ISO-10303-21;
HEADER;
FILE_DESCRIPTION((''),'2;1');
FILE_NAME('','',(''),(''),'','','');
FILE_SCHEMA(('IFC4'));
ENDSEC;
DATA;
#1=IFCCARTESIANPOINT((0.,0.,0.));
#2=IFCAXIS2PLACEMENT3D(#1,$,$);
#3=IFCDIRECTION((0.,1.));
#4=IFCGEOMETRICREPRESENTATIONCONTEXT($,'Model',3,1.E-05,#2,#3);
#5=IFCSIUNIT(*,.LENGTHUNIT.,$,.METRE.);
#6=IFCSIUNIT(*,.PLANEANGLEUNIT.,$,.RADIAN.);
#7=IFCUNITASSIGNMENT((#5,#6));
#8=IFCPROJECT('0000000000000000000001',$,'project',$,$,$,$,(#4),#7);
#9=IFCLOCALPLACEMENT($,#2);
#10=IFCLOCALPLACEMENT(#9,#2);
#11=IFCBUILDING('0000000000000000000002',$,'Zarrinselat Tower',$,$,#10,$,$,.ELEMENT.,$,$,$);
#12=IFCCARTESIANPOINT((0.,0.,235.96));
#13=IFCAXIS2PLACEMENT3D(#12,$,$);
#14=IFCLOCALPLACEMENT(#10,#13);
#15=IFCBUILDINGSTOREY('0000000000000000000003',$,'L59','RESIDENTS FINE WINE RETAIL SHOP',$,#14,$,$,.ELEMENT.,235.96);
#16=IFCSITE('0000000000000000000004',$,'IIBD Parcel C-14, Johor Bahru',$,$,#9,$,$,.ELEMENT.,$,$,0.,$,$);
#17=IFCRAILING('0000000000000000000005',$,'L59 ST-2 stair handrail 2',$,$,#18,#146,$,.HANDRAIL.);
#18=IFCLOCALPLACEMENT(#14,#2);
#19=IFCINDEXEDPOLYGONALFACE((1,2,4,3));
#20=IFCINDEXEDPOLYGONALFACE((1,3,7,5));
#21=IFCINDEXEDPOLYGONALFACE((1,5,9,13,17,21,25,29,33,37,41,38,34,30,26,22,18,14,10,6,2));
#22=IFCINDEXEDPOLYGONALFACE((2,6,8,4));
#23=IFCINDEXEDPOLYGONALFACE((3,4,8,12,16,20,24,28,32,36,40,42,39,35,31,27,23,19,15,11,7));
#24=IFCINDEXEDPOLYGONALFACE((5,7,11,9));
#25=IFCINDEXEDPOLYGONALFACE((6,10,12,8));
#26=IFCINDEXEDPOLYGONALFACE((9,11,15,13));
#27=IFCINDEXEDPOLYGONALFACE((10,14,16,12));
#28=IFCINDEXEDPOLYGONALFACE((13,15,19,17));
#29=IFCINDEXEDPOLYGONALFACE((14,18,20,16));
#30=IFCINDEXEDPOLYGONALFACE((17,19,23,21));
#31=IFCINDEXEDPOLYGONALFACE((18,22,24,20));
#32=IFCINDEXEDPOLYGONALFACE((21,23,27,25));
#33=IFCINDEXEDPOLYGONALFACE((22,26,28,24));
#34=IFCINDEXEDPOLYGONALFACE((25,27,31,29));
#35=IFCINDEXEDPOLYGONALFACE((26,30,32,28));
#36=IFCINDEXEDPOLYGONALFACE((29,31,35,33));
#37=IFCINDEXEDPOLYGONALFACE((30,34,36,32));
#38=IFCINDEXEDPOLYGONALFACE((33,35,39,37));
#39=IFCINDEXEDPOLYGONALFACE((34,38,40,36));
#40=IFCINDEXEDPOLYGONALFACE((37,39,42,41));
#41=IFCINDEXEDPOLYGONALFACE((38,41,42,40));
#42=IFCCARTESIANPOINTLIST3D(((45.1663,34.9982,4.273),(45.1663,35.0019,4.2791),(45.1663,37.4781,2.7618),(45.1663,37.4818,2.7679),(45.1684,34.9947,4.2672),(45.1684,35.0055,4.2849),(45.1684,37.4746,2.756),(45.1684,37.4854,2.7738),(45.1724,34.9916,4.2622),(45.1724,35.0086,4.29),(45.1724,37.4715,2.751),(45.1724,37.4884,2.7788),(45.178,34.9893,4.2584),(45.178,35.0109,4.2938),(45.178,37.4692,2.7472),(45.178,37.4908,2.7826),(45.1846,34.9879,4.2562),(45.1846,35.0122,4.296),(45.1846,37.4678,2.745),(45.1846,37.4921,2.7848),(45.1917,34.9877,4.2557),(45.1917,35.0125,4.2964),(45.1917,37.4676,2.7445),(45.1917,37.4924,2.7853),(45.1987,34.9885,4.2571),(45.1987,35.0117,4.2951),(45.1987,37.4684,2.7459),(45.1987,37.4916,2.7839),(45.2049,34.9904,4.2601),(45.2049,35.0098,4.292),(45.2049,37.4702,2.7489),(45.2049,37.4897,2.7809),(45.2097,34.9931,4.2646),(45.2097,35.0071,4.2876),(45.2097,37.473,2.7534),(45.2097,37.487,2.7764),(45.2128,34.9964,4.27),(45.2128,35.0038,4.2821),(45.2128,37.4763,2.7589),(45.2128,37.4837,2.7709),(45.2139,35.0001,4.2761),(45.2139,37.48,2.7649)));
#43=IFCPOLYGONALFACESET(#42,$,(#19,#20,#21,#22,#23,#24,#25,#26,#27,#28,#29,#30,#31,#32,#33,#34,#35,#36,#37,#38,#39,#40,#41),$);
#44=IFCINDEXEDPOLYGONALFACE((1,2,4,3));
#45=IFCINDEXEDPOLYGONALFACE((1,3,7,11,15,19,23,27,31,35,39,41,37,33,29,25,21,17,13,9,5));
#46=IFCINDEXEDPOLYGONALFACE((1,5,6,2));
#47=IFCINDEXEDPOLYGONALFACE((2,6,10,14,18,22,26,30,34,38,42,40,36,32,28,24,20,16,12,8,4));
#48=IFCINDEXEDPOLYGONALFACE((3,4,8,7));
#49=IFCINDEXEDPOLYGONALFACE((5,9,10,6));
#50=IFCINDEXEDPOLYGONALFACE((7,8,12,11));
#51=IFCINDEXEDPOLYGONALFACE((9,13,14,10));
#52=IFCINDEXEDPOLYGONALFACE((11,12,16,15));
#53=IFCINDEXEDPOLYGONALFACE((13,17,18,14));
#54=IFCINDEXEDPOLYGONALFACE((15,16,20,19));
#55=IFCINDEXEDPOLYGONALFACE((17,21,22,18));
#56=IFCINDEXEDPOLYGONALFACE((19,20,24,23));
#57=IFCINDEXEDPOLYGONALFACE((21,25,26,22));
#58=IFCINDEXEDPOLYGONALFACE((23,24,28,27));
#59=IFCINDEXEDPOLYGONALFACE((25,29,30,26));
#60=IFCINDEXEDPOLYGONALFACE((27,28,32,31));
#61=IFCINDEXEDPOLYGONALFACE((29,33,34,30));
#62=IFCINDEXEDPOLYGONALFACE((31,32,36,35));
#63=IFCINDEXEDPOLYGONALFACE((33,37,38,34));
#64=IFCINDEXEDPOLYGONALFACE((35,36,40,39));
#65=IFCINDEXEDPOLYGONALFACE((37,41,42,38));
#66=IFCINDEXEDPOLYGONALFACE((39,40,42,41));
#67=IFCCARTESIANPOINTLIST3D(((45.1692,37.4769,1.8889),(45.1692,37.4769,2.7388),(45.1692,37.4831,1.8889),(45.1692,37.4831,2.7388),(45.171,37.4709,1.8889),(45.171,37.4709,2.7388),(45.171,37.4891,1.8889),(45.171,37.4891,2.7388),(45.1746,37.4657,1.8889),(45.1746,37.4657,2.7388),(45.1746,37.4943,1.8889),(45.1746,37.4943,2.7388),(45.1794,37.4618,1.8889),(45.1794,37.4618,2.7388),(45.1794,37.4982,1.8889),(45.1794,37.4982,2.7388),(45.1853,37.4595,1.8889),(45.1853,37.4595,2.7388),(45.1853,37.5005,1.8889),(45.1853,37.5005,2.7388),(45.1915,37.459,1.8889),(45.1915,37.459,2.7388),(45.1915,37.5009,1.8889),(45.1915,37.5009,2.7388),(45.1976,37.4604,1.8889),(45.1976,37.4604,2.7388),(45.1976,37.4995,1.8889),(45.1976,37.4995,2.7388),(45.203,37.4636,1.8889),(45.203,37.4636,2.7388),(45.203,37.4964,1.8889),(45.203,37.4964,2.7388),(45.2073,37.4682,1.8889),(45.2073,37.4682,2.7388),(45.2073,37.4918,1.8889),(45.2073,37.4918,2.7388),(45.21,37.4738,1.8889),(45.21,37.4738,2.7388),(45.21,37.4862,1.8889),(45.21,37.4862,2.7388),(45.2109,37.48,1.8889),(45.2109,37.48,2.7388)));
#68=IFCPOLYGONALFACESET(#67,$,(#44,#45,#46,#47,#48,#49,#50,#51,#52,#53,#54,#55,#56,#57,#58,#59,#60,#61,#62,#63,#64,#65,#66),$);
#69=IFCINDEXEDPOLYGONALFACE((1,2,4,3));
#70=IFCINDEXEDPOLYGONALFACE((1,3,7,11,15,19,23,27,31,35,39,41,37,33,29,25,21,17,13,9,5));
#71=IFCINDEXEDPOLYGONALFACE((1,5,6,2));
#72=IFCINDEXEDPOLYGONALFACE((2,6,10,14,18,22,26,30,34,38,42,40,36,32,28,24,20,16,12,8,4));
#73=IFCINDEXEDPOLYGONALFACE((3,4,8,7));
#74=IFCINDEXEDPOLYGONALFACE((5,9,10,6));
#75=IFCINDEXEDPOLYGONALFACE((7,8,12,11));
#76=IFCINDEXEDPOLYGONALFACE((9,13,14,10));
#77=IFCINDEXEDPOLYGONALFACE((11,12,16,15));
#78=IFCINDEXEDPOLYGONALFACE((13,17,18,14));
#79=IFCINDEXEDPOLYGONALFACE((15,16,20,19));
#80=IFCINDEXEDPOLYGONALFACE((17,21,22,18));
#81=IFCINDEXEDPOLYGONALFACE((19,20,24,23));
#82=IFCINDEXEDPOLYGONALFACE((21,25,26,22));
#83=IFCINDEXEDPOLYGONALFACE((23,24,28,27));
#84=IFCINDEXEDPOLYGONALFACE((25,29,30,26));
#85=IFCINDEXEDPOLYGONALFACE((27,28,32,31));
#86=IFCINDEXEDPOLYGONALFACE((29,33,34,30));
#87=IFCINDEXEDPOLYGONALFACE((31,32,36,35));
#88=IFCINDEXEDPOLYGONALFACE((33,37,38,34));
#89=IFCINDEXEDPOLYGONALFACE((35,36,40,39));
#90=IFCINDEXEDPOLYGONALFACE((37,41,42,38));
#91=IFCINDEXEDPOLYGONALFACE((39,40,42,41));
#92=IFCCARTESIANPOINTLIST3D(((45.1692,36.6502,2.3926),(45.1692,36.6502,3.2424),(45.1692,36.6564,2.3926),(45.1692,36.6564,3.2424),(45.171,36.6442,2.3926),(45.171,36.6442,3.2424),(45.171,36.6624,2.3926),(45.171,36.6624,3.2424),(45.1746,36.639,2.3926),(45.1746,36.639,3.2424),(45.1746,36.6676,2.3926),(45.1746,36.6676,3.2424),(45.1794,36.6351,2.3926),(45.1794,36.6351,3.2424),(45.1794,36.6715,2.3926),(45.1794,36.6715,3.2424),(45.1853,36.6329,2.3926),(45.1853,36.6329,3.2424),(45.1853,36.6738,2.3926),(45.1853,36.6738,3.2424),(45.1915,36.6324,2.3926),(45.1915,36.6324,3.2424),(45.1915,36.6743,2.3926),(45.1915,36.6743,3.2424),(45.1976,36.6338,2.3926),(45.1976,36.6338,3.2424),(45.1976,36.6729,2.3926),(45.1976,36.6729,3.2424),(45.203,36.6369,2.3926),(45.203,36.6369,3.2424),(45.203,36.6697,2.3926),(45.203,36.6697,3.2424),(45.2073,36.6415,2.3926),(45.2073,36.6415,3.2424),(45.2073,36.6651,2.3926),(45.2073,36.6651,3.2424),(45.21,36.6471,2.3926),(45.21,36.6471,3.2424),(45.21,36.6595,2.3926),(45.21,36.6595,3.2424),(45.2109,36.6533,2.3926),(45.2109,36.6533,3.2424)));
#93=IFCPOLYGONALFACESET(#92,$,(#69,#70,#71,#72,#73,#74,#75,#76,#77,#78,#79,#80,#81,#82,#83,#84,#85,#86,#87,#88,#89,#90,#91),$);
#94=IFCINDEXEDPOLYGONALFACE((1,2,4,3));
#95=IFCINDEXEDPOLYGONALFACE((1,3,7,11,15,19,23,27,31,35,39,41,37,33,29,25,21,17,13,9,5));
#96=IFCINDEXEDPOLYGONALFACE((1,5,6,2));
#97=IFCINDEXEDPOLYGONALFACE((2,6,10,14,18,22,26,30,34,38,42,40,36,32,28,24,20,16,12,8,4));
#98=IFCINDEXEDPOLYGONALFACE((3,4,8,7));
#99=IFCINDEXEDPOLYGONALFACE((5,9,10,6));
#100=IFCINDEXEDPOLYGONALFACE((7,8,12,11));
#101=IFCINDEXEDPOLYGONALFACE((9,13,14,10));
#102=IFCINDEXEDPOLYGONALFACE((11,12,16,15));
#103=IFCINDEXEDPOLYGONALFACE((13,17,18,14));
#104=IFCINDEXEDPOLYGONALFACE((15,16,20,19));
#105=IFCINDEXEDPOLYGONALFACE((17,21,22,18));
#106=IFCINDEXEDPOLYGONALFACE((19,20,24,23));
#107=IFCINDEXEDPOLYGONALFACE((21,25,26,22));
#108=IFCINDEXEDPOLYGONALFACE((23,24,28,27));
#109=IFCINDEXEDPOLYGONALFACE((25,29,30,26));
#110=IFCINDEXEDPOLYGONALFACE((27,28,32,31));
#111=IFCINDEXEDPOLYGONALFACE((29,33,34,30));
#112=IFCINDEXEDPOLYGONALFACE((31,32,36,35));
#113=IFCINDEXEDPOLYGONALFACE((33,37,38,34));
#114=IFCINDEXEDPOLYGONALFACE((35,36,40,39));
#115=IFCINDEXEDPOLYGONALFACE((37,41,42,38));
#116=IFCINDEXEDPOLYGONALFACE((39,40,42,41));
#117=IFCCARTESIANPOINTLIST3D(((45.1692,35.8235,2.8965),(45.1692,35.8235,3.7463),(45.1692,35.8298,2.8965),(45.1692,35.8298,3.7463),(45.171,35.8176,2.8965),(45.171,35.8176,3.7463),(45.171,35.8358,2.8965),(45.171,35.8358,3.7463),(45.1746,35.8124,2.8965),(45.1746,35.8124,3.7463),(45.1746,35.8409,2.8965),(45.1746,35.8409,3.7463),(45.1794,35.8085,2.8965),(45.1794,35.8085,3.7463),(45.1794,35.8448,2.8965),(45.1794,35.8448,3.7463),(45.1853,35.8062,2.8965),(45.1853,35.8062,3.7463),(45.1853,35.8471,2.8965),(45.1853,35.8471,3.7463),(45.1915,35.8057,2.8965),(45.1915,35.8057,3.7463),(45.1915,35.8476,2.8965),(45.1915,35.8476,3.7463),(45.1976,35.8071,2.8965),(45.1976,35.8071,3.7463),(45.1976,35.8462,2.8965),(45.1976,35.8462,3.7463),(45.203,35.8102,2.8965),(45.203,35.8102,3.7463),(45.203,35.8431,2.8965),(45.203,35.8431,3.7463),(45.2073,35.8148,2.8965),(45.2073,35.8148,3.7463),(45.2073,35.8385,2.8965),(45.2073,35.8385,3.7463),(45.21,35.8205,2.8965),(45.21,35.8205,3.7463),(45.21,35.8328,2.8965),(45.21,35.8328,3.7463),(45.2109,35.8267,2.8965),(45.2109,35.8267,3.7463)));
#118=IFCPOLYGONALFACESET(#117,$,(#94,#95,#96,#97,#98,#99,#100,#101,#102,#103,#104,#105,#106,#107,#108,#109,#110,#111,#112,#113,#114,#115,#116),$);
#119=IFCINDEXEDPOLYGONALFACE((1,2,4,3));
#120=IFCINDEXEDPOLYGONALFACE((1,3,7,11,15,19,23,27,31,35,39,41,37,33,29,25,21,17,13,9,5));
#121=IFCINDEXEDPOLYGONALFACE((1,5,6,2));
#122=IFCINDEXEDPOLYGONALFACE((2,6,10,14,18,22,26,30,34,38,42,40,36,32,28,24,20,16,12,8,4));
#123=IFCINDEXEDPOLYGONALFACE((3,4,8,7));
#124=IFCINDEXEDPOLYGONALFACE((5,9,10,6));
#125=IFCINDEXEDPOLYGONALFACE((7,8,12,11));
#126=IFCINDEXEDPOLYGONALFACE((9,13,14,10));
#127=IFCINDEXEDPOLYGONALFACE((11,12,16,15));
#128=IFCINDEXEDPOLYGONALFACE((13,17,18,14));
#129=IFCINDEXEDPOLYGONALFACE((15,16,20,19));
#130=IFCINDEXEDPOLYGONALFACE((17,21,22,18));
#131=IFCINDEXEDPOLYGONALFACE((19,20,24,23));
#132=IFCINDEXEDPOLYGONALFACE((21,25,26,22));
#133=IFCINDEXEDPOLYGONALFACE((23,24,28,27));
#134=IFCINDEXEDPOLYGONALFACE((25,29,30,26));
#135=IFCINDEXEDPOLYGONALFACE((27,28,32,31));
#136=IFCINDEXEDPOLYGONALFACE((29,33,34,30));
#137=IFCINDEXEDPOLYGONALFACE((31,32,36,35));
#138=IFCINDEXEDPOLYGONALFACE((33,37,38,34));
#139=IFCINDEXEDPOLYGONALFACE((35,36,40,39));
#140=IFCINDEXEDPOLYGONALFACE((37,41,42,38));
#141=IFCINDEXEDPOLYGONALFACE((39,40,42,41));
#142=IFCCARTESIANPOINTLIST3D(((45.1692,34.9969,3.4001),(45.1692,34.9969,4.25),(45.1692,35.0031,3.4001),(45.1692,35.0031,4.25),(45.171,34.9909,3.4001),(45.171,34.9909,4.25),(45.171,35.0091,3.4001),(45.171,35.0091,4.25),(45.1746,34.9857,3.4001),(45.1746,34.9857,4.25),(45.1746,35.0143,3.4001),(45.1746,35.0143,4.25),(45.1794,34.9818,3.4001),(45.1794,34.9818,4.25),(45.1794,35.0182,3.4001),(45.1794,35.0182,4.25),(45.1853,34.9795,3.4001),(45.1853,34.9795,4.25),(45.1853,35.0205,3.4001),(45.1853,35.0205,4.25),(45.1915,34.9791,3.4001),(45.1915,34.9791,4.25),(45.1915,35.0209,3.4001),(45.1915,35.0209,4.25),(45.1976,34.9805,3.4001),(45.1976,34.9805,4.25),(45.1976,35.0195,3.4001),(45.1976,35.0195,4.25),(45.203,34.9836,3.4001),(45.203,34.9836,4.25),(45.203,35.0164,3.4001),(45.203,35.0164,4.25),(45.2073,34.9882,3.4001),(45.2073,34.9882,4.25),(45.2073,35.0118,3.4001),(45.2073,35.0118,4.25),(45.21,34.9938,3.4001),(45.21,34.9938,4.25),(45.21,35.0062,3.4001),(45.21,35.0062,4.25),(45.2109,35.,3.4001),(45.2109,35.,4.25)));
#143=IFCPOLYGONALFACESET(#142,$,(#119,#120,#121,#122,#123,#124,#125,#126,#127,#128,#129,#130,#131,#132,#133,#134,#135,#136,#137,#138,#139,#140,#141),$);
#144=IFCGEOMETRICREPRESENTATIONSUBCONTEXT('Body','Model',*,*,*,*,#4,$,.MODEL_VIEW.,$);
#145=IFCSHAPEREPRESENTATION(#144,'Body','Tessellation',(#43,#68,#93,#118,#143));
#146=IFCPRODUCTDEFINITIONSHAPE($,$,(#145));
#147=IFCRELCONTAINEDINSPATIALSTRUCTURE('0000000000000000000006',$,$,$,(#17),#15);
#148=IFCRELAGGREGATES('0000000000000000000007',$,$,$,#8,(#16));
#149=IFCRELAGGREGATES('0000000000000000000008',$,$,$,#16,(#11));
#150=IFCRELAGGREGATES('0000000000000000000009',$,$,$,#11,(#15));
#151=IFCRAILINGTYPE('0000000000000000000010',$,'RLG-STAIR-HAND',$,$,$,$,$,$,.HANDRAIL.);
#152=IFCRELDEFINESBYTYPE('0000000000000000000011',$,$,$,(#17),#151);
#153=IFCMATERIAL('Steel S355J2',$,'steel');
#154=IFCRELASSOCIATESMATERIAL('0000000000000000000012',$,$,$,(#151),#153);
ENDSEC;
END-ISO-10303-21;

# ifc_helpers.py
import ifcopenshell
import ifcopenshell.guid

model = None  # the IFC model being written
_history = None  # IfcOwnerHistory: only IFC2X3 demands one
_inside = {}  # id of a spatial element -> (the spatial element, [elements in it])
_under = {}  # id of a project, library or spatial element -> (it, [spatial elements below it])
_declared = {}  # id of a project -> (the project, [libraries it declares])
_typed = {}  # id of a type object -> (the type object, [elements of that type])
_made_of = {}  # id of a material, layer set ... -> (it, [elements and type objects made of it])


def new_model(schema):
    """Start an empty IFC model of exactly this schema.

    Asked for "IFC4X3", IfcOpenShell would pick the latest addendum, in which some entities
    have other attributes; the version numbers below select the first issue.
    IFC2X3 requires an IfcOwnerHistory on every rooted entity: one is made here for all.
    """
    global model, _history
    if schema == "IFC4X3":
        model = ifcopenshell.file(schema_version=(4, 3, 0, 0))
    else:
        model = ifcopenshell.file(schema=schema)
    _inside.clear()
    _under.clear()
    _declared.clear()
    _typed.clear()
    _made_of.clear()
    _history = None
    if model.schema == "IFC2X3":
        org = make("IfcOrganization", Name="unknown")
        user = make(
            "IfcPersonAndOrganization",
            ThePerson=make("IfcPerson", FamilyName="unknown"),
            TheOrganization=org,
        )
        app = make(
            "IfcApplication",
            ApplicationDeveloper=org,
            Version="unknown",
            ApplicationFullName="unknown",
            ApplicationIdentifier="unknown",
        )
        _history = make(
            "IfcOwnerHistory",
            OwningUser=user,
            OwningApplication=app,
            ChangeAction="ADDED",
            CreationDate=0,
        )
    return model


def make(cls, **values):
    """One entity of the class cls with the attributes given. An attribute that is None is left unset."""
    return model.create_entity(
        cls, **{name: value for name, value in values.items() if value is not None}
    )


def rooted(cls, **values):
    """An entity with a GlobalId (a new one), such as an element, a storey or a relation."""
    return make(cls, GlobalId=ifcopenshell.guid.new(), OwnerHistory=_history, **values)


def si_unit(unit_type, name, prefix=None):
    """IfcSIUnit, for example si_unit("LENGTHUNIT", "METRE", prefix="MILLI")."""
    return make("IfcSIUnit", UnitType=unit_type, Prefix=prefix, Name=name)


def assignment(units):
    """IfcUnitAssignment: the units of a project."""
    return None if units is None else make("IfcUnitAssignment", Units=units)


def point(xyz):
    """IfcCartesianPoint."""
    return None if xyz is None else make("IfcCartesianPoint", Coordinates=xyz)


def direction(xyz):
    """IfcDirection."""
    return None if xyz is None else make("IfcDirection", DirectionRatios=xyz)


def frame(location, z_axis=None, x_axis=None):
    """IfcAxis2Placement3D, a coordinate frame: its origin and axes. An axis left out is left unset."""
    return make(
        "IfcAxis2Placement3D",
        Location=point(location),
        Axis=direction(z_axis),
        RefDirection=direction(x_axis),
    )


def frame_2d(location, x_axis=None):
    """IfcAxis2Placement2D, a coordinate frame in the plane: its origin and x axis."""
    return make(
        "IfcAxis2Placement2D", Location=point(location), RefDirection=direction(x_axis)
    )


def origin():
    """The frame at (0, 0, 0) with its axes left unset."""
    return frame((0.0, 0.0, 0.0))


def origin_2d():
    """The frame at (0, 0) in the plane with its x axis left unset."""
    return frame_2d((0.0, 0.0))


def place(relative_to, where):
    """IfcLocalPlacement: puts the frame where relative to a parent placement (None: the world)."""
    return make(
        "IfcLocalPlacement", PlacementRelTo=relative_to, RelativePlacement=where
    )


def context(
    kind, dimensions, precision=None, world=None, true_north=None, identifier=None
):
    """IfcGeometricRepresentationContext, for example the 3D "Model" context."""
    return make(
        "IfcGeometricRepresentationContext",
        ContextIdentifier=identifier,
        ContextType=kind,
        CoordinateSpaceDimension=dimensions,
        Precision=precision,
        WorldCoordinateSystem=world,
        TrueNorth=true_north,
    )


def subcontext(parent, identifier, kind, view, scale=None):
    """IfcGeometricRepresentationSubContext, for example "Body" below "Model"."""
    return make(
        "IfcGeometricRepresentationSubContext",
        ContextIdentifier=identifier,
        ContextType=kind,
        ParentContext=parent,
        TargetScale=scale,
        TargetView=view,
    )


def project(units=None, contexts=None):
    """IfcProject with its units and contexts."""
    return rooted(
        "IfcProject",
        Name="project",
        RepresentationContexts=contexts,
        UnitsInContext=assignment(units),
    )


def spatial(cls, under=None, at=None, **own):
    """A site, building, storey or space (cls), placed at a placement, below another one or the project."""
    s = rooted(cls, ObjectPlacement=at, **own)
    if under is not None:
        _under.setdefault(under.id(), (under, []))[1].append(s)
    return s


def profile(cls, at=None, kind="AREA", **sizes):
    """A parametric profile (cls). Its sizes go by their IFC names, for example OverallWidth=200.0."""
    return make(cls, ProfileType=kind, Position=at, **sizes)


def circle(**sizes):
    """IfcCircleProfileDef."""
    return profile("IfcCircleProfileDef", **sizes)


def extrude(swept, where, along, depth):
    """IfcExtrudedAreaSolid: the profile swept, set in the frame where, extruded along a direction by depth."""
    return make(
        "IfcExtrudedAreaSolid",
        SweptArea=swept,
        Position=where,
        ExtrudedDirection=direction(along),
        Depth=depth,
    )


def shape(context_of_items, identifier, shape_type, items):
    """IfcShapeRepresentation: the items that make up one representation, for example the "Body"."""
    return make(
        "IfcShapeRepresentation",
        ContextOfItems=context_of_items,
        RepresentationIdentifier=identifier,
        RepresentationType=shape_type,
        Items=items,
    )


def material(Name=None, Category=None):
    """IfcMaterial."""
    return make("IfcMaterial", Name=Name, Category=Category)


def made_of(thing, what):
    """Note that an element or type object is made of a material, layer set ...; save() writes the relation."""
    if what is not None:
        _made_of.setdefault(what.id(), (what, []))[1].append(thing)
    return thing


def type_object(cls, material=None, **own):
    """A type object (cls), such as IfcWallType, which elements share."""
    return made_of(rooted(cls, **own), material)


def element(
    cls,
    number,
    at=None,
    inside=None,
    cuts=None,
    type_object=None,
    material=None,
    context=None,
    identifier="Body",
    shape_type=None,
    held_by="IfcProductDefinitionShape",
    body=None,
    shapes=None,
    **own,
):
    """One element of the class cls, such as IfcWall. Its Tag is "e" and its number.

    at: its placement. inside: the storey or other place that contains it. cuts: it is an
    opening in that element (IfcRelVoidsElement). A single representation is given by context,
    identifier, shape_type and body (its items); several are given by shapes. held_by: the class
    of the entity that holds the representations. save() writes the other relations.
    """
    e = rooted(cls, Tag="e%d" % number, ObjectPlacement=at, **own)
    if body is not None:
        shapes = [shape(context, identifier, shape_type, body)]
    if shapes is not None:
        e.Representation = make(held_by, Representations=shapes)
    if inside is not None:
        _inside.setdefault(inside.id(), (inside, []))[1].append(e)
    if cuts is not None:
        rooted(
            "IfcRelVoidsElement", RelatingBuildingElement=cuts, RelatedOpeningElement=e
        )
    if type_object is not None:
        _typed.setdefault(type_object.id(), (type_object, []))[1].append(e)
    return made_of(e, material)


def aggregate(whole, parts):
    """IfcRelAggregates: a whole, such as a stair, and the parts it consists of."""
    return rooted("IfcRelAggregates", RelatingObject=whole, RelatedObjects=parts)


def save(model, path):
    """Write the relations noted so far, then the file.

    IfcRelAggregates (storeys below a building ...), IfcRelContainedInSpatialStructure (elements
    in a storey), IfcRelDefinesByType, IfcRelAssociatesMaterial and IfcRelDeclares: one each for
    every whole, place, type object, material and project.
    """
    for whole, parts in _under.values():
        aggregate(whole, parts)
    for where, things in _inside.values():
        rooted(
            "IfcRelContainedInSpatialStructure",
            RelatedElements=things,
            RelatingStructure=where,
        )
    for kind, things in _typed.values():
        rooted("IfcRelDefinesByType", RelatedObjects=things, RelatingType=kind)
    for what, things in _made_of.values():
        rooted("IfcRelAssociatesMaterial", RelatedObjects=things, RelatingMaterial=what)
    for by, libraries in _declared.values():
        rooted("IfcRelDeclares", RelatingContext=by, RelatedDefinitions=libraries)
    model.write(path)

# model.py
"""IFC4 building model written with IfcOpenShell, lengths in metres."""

from ifc_helpers import new_model, si_unit, direction, frame, origin, origin_2d, place, context, subcontext, project, spatial, circle, extrude, material, type_object, element, save


model = new_model("IFC4")

# Units and contexts
model_context = context("Model", 3, precision=1e-05, world=origin(), true_north=direction((0.0, 1.0)))
body_context = subcontext(model_context, "Body", "Model", "MODEL_VIEW")
ifc_project = project(units=[si_unit("LENGTHUNIT", "METRE"), si_unit("PLANEANGLEUNIT", "RADIAN")], contexts=[model_context])

# Site, building, storey
site_placement = place(None, origin())
site = spatial("IfcSite", under=ifc_project, at=site_placement, Name="IIBD Parcel C-14, Johor Bahru", CompositionType="ELEMENT", RefElevation=0.0)
building_placement = place(site_placement, origin())
building = spatial("IfcBuilding", under=site, at=building_placement, Name="Zarrinselat Tower", CompositionType="ELEMENT")
storey_placement = place(building_placement, frame((0.0, 0.0, 235.96)))
storey = spatial("IfcBuildingStorey", under=building, at=storey_placement, Name="L59", Description="RESIDENTS FINE WINE RETAIL SHOP", CompositionType="ELEMENT", Elevation=235.96)

# Railing
ifc_material_1 = material(Name="Steel S355J2", Category="steel")
railing_type = type_object("IfcRailingType", Name="RLG-STAIR-HAND", PredefinedType="HANDRAIL", material=ifc_material_1)
railing_placement = place(storey_placement, frame((45.1899, 37.48, 1.8889)))
element("IfcRailing", 1, at=railing_placement, inside=storey, type_object=railing_type, Name="L59 ST-2 stair handrail 2", PredefinedType="HANDRAIL", context=body_context, shape_type="SweptSolid", body=[
    extrude(circle(Radius=0.0239, at=origin_2d()), frame((0.0, 0.0, 0.876), z_axis=(0.0, -0.853942, 0.520368), x_axis=(1.0, 0.0, 0.0)), (0.0, 0.0, 1.0), 2.9041),
    extrude(circle(Radius=0.021, at=origin_2d()), origin(), (0.0, 0.0, 1.0), 0.8499),
    extrude(circle(Radius=0.021, at=origin_2d()), frame((0.0, -0.8267, 0.5037)), (0.0, 0.0, 1.0), 0.8499),
    extrude(circle(Radius=0.021, at=origin_2d()), frame((0.0, -1.6533, 1.0076)), (0.0, 0.0, 1.0), 0.8499),
    extrude(circle(Radius=0.021, at=origin_2d()), frame((0.0, -2.48, 1.5112)), (0.0, 0.0, 1.0), 0.8499),
])

save(model, "model.ifc")
